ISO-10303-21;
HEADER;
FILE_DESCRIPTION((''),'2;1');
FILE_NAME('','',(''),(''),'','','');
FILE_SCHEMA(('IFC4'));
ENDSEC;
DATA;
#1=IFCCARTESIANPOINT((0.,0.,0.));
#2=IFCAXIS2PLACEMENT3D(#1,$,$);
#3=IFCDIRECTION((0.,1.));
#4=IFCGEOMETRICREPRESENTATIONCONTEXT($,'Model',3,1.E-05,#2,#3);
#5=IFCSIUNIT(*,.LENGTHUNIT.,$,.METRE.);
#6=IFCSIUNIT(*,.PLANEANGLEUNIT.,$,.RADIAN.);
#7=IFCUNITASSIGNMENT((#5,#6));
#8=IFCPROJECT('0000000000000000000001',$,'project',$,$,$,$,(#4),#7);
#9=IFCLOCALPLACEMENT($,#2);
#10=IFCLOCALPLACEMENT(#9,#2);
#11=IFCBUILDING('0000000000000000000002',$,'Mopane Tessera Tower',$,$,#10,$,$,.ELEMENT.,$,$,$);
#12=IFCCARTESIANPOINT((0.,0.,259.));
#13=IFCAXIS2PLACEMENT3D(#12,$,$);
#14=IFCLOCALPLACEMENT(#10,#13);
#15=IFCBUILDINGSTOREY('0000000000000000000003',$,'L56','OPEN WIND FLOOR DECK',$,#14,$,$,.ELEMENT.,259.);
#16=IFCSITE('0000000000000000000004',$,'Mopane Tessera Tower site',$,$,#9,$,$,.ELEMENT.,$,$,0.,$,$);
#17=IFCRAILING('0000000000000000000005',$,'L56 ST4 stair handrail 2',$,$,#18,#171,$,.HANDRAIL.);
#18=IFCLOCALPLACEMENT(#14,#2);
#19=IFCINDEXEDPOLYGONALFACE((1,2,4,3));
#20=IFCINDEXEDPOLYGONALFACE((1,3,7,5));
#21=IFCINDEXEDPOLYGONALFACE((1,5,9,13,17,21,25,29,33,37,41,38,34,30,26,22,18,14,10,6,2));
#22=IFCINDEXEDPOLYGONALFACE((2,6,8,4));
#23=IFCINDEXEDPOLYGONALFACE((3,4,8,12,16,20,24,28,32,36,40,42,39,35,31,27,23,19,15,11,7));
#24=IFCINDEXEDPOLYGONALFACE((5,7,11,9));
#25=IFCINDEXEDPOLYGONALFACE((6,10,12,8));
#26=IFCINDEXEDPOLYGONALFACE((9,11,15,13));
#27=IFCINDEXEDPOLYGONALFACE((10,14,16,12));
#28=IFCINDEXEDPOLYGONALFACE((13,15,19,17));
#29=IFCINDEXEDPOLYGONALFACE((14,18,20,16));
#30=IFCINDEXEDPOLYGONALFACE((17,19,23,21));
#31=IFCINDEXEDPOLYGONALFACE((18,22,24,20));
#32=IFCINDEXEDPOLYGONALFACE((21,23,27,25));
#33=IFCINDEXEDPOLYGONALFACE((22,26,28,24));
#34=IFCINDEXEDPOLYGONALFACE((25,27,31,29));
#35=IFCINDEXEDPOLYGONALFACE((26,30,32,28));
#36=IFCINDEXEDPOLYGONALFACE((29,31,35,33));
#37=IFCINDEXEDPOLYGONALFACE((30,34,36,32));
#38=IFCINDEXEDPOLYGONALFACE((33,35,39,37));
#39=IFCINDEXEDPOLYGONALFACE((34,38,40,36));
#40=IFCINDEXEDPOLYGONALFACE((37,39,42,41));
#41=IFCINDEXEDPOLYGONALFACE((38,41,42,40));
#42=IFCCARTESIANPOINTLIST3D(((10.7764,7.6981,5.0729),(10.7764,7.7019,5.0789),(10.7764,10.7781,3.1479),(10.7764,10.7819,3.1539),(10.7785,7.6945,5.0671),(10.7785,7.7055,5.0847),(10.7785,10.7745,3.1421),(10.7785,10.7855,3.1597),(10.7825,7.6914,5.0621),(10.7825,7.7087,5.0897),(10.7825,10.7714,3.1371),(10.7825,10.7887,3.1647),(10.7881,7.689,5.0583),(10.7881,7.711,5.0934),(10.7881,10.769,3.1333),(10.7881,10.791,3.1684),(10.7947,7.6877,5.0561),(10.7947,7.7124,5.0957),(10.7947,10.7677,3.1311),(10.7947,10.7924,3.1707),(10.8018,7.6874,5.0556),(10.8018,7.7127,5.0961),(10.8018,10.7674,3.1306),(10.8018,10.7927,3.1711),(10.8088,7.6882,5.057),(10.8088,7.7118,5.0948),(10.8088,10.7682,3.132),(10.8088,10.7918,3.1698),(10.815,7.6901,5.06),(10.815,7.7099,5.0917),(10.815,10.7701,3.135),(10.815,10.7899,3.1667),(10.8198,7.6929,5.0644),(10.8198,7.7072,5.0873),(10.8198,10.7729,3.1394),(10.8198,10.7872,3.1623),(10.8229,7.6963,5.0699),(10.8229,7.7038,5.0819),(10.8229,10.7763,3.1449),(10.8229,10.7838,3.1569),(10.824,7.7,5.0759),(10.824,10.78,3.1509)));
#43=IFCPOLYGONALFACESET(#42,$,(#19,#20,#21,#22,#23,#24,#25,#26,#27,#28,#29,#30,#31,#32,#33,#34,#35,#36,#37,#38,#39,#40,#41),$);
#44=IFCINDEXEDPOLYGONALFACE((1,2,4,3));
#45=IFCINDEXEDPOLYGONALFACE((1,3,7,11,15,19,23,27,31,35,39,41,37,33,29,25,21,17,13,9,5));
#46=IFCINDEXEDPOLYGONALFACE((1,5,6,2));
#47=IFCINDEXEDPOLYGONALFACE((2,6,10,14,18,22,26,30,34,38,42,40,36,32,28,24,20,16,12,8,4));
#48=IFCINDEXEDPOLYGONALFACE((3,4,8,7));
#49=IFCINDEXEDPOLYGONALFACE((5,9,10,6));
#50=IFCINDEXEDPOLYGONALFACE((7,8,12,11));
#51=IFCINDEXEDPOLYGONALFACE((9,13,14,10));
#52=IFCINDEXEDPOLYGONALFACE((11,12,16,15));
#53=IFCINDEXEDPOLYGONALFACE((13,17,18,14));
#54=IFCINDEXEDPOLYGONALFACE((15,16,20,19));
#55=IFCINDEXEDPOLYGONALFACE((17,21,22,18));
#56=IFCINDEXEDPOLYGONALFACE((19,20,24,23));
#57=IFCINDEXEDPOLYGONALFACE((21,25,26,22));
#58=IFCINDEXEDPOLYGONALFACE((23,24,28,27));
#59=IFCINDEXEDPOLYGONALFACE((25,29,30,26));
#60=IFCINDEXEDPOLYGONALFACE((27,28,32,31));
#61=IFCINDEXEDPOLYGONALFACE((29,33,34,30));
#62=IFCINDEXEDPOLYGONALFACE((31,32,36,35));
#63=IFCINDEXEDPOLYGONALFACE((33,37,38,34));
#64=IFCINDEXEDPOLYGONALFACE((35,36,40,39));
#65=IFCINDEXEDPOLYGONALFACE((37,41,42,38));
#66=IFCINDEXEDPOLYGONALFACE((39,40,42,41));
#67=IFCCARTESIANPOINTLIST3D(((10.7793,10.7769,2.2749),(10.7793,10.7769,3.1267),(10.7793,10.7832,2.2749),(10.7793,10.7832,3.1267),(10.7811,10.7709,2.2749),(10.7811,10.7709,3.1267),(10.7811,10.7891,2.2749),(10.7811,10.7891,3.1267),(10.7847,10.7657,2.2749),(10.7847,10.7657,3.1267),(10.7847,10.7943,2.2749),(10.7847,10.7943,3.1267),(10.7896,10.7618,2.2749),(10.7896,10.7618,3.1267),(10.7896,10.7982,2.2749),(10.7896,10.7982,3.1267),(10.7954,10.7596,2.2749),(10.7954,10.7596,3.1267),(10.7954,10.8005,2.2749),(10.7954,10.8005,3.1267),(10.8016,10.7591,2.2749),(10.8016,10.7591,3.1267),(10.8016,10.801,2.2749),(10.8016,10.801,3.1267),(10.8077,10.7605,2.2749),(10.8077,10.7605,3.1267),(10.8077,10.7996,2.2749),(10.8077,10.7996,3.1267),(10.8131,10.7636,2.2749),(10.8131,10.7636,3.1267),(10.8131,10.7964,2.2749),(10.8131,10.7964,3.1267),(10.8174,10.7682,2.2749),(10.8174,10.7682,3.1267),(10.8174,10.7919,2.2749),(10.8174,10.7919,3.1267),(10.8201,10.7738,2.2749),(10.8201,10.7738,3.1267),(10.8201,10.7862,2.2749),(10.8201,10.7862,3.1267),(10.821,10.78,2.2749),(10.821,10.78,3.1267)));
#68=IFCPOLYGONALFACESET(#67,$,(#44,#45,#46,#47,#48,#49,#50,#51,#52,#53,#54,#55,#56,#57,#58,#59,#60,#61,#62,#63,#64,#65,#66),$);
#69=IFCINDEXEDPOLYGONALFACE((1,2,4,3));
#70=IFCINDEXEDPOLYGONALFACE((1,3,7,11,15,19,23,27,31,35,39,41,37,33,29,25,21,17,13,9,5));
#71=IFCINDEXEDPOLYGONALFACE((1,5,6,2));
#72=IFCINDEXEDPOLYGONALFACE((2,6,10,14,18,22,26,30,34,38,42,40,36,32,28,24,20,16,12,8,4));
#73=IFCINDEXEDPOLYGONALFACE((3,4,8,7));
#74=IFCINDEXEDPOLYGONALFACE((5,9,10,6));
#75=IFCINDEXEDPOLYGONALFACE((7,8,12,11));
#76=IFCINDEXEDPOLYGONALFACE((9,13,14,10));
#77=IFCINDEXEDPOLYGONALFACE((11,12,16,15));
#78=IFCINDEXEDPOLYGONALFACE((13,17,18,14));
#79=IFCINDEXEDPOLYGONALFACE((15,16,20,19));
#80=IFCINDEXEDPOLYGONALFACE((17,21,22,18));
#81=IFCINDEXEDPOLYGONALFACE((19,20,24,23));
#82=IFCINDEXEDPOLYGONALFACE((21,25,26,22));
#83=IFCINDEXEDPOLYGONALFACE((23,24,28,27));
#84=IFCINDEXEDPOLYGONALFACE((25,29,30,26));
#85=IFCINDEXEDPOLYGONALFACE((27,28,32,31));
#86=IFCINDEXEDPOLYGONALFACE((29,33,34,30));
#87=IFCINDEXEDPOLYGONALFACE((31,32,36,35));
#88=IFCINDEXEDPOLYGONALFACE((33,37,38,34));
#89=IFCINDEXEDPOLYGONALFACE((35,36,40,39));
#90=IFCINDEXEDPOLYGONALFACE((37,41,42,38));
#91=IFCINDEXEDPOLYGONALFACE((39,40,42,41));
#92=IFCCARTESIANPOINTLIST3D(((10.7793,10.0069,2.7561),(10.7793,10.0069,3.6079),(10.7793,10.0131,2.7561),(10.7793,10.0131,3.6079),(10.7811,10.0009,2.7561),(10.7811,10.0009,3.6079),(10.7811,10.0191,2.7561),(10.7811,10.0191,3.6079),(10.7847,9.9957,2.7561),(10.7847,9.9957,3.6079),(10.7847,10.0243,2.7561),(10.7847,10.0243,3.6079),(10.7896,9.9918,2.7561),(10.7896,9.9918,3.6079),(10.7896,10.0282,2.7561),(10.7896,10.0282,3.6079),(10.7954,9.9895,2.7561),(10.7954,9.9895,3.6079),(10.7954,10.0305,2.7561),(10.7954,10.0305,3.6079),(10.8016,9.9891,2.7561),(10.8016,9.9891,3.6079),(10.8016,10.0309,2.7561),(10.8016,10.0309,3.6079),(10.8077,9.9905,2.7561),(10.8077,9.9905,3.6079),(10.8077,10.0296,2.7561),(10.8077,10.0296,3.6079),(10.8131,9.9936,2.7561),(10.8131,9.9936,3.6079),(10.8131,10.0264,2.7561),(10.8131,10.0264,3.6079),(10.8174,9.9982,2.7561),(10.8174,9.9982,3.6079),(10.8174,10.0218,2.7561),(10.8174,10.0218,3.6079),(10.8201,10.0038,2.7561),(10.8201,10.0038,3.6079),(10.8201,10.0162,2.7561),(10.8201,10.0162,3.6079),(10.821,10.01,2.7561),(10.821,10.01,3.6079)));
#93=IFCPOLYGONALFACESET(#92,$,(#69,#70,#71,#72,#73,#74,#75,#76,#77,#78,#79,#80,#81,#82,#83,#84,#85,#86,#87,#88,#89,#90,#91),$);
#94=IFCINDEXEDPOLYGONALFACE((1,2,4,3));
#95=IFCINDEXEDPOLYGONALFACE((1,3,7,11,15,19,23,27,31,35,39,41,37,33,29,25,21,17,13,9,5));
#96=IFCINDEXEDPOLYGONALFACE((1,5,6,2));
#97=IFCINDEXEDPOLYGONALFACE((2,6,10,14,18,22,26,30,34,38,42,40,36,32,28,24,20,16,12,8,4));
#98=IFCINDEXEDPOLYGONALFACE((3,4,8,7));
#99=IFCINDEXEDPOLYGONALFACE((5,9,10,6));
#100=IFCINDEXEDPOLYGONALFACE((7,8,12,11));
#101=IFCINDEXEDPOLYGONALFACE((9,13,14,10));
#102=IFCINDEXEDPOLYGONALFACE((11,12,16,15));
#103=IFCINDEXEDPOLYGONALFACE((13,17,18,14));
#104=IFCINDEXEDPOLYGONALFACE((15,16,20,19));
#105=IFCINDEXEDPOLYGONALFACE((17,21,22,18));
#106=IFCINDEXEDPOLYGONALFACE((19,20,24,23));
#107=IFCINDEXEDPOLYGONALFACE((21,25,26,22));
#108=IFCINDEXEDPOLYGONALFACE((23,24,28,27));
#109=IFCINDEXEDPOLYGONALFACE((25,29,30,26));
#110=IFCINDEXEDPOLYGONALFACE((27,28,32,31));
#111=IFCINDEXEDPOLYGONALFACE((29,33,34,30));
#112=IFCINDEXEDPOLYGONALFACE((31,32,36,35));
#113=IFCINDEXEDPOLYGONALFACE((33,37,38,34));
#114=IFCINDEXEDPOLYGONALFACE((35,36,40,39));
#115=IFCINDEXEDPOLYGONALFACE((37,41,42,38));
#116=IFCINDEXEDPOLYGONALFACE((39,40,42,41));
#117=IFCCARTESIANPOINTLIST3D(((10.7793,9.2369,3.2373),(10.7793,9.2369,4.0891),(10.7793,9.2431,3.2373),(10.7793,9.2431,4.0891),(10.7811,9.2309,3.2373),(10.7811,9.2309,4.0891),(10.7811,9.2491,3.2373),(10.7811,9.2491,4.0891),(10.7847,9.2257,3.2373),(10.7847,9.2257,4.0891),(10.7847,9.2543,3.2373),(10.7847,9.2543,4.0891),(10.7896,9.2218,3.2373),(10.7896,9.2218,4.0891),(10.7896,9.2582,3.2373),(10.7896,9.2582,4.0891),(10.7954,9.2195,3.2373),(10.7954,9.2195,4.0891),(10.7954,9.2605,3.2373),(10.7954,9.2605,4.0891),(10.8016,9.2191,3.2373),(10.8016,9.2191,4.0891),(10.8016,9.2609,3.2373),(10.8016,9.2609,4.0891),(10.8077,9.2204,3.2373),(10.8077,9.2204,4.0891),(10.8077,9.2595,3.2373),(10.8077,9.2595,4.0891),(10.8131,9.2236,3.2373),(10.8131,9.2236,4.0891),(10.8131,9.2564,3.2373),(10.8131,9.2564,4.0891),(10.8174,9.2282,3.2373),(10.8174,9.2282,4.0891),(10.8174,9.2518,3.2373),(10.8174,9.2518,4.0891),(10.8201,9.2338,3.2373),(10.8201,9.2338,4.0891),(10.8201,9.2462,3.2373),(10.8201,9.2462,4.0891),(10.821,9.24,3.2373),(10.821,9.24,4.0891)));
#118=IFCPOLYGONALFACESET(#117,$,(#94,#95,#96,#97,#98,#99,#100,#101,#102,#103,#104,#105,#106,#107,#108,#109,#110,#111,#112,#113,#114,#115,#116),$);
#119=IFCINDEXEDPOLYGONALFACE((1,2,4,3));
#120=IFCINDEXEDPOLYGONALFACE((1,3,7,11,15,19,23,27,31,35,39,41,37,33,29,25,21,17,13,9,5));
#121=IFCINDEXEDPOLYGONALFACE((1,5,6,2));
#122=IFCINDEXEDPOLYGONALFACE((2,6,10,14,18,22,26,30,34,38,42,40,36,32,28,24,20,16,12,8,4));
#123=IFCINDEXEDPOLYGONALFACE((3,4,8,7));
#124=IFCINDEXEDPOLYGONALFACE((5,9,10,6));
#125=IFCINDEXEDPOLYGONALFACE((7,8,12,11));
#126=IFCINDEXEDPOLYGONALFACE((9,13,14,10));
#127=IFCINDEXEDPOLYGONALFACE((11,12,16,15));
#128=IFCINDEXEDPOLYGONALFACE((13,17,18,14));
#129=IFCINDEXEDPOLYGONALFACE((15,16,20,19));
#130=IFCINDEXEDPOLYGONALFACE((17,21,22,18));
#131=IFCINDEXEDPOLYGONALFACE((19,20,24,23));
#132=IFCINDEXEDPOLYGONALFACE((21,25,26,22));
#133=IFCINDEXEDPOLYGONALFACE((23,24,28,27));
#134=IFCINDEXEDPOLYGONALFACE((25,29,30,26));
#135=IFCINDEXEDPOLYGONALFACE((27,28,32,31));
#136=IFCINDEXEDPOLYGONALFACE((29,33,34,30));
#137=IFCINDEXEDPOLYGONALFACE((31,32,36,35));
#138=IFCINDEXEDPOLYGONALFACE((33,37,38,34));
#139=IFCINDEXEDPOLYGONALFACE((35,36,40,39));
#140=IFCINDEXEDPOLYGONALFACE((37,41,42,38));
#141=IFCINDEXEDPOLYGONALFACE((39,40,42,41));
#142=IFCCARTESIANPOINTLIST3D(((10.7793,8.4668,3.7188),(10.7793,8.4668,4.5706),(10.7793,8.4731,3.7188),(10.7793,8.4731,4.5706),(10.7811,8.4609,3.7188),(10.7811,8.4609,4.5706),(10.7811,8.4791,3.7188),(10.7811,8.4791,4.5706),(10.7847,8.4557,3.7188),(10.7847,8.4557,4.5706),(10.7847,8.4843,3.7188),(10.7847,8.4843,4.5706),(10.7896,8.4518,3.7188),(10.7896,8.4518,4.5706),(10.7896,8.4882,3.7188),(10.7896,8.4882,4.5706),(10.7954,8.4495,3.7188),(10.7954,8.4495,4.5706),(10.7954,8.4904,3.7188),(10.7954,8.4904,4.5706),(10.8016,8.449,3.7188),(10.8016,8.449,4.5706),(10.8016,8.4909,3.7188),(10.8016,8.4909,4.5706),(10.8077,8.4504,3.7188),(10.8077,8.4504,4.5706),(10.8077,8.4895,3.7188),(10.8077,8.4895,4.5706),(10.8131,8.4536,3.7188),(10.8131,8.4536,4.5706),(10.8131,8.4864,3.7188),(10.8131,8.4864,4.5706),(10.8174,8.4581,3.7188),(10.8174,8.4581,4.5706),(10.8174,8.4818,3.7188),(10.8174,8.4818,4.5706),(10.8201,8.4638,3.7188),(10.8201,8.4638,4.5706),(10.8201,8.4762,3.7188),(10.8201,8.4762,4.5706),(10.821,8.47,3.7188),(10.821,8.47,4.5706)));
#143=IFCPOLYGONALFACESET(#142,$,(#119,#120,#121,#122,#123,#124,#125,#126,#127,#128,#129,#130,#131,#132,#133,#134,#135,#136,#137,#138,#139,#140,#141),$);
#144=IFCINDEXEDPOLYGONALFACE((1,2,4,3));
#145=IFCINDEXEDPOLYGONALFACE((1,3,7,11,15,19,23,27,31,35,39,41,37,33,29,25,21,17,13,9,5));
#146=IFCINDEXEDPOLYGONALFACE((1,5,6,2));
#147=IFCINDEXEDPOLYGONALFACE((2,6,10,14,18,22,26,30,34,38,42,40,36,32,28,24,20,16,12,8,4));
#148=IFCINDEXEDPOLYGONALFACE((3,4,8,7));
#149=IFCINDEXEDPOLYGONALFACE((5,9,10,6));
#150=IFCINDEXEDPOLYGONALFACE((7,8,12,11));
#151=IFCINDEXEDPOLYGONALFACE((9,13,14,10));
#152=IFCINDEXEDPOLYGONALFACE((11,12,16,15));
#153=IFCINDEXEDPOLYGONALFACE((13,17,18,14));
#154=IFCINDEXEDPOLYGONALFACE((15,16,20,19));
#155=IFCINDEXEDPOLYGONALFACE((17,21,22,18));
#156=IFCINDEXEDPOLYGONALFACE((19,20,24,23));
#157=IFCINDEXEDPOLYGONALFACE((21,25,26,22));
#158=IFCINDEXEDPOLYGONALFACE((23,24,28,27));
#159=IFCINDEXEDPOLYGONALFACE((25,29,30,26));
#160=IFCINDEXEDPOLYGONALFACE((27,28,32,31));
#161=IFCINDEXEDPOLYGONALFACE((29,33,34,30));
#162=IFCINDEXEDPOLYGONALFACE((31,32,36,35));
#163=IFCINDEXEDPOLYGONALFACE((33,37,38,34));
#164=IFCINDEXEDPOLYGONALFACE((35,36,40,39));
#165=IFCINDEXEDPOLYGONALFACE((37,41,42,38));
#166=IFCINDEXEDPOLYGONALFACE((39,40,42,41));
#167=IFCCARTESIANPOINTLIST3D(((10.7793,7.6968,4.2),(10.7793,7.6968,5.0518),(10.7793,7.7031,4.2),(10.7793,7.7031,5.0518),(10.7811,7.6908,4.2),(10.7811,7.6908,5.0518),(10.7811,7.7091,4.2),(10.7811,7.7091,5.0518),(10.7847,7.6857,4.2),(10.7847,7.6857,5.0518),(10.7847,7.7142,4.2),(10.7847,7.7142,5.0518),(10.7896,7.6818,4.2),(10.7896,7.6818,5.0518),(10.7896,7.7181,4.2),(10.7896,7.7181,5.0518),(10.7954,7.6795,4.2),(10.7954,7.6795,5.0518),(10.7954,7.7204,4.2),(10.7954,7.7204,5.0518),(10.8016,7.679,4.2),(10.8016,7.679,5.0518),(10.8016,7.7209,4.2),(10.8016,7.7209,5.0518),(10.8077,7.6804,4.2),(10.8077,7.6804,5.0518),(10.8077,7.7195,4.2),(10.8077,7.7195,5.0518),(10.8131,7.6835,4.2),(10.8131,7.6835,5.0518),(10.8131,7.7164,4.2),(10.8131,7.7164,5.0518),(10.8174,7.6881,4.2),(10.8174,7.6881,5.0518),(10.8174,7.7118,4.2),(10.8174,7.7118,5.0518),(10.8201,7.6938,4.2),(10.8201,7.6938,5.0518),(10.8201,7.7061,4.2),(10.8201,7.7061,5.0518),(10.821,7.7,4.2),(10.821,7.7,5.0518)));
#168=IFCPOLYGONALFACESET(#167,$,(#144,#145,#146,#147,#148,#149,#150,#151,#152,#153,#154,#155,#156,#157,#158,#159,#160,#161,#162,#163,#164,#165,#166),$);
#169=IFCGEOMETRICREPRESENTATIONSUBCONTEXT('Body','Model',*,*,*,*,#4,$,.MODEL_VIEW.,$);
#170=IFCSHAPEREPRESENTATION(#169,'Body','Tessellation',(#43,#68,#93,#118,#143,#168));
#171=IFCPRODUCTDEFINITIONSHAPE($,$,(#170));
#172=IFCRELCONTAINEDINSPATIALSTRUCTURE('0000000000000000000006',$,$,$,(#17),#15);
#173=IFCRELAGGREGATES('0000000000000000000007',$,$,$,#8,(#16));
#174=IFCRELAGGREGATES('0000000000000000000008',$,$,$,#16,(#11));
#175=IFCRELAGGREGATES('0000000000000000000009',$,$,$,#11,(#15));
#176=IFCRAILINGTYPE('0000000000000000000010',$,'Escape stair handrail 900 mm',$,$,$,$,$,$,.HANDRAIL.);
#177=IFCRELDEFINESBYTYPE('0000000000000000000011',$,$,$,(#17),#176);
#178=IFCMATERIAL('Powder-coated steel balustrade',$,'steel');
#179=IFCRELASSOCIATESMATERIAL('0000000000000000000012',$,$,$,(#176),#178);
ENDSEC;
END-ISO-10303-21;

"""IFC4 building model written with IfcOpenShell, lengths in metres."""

from ifc_helpers import new_model, si_unit, direction, frame, origin, origin_2d, place, context, subcontext, project, spatial, circle, extrude, material, type_object, element, save


model = new_model("IFC4")

# Units and contexts
model_context = context("Model", 3, precision=1e-05, world=origin(), true_north=direction((0.0, 1.0)))
body_context = subcontext(model_context, "Body", "Model", "MODEL_VIEW")
ifc_project = project(units=[si_unit("LENGTHUNIT", "METRE"), si_unit("PLANEANGLEUNIT", "RADIAN")], contexts=[model_context])

# Site, building, storey
site_placement = place(None, origin())
site = spatial("IfcSite", under=ifc_project, at=site_placement, Name="Mopane Tessera Tower site", CompositionType="ELEMENT", RefElevation=0.0)
building_placement = place(site_placement, origin())
building = spatial("IfcBuilding", under=site, at=building_placement, Name="Mopane Tessera Tower", CompositionType="ELEMENT")
storey_placement = place(building_placement, frame((0.0, 0.0, 259.0)))
storey = spatial("IfcBuildingStorey", under=building, at=storey_placement, Name="L56", Description="OPEN WIND FLOOR DECK", CompositionType="ELEMENT", Elevation=259.0)

# Railing
ifc_material_1 = material(Name="Powder-coated steel balustrade", Category="steel")
railing_type = type_object("IfcRailingType", Name="Escape stair handrail 900 mm", PredefinedType="HANDRAIL", material=ifc_material_1)
railing_1_placement = place(storey_placement, frame((10.8, 10.78, 2.2749)))
element("IfcRailing", 1, at=railing_1_placement, inside=storey, type_object=railing_type, Name="L56 ST4 stair handrail 2", PredefinedType="HANDRAIL", context=body_context, shape_type="SweptSolid", body=[
    extrude(circle(Radius=0.0239, at=origin_2d()), frame((0.0, 0.0, 0.876), z_axis=(0.0, -0.847998, 0.529999), x_axis=(1.0, 0.0, 0.0)), (0.0, 0.0, 1.0), 3.6321),
    extrude(circle(Radius=0.021, at=origin_2d()), origin(), (0.0, 0.0, 1.0), 0.8518),
    extrude(circle(Radius=0.021, at=origin_2d()), frame((0.0, -0.77, 0.4812)), (0.0, 0.0, 1.0), 0.8518),
    extrude(circle(Radius=0.021, at=origin_2d()), frame((0.0, -1.54, 0.9624)), (0.0, 0.0, 1.0), 0.8518),
    extrude(circle(Radius=0.021, at=origin_2d()), frame((0.0, -2.3101, 1.4438)), (0.0, 0.0, 1.0), 0.8518),
    extrude(circle(Radius=0.021, at=origin_2d()), frame((0.0, -3.0801, 1.925)), (0.0, 0.0, 1.0), 0.8518),
])

save(model, "model.ifc")
